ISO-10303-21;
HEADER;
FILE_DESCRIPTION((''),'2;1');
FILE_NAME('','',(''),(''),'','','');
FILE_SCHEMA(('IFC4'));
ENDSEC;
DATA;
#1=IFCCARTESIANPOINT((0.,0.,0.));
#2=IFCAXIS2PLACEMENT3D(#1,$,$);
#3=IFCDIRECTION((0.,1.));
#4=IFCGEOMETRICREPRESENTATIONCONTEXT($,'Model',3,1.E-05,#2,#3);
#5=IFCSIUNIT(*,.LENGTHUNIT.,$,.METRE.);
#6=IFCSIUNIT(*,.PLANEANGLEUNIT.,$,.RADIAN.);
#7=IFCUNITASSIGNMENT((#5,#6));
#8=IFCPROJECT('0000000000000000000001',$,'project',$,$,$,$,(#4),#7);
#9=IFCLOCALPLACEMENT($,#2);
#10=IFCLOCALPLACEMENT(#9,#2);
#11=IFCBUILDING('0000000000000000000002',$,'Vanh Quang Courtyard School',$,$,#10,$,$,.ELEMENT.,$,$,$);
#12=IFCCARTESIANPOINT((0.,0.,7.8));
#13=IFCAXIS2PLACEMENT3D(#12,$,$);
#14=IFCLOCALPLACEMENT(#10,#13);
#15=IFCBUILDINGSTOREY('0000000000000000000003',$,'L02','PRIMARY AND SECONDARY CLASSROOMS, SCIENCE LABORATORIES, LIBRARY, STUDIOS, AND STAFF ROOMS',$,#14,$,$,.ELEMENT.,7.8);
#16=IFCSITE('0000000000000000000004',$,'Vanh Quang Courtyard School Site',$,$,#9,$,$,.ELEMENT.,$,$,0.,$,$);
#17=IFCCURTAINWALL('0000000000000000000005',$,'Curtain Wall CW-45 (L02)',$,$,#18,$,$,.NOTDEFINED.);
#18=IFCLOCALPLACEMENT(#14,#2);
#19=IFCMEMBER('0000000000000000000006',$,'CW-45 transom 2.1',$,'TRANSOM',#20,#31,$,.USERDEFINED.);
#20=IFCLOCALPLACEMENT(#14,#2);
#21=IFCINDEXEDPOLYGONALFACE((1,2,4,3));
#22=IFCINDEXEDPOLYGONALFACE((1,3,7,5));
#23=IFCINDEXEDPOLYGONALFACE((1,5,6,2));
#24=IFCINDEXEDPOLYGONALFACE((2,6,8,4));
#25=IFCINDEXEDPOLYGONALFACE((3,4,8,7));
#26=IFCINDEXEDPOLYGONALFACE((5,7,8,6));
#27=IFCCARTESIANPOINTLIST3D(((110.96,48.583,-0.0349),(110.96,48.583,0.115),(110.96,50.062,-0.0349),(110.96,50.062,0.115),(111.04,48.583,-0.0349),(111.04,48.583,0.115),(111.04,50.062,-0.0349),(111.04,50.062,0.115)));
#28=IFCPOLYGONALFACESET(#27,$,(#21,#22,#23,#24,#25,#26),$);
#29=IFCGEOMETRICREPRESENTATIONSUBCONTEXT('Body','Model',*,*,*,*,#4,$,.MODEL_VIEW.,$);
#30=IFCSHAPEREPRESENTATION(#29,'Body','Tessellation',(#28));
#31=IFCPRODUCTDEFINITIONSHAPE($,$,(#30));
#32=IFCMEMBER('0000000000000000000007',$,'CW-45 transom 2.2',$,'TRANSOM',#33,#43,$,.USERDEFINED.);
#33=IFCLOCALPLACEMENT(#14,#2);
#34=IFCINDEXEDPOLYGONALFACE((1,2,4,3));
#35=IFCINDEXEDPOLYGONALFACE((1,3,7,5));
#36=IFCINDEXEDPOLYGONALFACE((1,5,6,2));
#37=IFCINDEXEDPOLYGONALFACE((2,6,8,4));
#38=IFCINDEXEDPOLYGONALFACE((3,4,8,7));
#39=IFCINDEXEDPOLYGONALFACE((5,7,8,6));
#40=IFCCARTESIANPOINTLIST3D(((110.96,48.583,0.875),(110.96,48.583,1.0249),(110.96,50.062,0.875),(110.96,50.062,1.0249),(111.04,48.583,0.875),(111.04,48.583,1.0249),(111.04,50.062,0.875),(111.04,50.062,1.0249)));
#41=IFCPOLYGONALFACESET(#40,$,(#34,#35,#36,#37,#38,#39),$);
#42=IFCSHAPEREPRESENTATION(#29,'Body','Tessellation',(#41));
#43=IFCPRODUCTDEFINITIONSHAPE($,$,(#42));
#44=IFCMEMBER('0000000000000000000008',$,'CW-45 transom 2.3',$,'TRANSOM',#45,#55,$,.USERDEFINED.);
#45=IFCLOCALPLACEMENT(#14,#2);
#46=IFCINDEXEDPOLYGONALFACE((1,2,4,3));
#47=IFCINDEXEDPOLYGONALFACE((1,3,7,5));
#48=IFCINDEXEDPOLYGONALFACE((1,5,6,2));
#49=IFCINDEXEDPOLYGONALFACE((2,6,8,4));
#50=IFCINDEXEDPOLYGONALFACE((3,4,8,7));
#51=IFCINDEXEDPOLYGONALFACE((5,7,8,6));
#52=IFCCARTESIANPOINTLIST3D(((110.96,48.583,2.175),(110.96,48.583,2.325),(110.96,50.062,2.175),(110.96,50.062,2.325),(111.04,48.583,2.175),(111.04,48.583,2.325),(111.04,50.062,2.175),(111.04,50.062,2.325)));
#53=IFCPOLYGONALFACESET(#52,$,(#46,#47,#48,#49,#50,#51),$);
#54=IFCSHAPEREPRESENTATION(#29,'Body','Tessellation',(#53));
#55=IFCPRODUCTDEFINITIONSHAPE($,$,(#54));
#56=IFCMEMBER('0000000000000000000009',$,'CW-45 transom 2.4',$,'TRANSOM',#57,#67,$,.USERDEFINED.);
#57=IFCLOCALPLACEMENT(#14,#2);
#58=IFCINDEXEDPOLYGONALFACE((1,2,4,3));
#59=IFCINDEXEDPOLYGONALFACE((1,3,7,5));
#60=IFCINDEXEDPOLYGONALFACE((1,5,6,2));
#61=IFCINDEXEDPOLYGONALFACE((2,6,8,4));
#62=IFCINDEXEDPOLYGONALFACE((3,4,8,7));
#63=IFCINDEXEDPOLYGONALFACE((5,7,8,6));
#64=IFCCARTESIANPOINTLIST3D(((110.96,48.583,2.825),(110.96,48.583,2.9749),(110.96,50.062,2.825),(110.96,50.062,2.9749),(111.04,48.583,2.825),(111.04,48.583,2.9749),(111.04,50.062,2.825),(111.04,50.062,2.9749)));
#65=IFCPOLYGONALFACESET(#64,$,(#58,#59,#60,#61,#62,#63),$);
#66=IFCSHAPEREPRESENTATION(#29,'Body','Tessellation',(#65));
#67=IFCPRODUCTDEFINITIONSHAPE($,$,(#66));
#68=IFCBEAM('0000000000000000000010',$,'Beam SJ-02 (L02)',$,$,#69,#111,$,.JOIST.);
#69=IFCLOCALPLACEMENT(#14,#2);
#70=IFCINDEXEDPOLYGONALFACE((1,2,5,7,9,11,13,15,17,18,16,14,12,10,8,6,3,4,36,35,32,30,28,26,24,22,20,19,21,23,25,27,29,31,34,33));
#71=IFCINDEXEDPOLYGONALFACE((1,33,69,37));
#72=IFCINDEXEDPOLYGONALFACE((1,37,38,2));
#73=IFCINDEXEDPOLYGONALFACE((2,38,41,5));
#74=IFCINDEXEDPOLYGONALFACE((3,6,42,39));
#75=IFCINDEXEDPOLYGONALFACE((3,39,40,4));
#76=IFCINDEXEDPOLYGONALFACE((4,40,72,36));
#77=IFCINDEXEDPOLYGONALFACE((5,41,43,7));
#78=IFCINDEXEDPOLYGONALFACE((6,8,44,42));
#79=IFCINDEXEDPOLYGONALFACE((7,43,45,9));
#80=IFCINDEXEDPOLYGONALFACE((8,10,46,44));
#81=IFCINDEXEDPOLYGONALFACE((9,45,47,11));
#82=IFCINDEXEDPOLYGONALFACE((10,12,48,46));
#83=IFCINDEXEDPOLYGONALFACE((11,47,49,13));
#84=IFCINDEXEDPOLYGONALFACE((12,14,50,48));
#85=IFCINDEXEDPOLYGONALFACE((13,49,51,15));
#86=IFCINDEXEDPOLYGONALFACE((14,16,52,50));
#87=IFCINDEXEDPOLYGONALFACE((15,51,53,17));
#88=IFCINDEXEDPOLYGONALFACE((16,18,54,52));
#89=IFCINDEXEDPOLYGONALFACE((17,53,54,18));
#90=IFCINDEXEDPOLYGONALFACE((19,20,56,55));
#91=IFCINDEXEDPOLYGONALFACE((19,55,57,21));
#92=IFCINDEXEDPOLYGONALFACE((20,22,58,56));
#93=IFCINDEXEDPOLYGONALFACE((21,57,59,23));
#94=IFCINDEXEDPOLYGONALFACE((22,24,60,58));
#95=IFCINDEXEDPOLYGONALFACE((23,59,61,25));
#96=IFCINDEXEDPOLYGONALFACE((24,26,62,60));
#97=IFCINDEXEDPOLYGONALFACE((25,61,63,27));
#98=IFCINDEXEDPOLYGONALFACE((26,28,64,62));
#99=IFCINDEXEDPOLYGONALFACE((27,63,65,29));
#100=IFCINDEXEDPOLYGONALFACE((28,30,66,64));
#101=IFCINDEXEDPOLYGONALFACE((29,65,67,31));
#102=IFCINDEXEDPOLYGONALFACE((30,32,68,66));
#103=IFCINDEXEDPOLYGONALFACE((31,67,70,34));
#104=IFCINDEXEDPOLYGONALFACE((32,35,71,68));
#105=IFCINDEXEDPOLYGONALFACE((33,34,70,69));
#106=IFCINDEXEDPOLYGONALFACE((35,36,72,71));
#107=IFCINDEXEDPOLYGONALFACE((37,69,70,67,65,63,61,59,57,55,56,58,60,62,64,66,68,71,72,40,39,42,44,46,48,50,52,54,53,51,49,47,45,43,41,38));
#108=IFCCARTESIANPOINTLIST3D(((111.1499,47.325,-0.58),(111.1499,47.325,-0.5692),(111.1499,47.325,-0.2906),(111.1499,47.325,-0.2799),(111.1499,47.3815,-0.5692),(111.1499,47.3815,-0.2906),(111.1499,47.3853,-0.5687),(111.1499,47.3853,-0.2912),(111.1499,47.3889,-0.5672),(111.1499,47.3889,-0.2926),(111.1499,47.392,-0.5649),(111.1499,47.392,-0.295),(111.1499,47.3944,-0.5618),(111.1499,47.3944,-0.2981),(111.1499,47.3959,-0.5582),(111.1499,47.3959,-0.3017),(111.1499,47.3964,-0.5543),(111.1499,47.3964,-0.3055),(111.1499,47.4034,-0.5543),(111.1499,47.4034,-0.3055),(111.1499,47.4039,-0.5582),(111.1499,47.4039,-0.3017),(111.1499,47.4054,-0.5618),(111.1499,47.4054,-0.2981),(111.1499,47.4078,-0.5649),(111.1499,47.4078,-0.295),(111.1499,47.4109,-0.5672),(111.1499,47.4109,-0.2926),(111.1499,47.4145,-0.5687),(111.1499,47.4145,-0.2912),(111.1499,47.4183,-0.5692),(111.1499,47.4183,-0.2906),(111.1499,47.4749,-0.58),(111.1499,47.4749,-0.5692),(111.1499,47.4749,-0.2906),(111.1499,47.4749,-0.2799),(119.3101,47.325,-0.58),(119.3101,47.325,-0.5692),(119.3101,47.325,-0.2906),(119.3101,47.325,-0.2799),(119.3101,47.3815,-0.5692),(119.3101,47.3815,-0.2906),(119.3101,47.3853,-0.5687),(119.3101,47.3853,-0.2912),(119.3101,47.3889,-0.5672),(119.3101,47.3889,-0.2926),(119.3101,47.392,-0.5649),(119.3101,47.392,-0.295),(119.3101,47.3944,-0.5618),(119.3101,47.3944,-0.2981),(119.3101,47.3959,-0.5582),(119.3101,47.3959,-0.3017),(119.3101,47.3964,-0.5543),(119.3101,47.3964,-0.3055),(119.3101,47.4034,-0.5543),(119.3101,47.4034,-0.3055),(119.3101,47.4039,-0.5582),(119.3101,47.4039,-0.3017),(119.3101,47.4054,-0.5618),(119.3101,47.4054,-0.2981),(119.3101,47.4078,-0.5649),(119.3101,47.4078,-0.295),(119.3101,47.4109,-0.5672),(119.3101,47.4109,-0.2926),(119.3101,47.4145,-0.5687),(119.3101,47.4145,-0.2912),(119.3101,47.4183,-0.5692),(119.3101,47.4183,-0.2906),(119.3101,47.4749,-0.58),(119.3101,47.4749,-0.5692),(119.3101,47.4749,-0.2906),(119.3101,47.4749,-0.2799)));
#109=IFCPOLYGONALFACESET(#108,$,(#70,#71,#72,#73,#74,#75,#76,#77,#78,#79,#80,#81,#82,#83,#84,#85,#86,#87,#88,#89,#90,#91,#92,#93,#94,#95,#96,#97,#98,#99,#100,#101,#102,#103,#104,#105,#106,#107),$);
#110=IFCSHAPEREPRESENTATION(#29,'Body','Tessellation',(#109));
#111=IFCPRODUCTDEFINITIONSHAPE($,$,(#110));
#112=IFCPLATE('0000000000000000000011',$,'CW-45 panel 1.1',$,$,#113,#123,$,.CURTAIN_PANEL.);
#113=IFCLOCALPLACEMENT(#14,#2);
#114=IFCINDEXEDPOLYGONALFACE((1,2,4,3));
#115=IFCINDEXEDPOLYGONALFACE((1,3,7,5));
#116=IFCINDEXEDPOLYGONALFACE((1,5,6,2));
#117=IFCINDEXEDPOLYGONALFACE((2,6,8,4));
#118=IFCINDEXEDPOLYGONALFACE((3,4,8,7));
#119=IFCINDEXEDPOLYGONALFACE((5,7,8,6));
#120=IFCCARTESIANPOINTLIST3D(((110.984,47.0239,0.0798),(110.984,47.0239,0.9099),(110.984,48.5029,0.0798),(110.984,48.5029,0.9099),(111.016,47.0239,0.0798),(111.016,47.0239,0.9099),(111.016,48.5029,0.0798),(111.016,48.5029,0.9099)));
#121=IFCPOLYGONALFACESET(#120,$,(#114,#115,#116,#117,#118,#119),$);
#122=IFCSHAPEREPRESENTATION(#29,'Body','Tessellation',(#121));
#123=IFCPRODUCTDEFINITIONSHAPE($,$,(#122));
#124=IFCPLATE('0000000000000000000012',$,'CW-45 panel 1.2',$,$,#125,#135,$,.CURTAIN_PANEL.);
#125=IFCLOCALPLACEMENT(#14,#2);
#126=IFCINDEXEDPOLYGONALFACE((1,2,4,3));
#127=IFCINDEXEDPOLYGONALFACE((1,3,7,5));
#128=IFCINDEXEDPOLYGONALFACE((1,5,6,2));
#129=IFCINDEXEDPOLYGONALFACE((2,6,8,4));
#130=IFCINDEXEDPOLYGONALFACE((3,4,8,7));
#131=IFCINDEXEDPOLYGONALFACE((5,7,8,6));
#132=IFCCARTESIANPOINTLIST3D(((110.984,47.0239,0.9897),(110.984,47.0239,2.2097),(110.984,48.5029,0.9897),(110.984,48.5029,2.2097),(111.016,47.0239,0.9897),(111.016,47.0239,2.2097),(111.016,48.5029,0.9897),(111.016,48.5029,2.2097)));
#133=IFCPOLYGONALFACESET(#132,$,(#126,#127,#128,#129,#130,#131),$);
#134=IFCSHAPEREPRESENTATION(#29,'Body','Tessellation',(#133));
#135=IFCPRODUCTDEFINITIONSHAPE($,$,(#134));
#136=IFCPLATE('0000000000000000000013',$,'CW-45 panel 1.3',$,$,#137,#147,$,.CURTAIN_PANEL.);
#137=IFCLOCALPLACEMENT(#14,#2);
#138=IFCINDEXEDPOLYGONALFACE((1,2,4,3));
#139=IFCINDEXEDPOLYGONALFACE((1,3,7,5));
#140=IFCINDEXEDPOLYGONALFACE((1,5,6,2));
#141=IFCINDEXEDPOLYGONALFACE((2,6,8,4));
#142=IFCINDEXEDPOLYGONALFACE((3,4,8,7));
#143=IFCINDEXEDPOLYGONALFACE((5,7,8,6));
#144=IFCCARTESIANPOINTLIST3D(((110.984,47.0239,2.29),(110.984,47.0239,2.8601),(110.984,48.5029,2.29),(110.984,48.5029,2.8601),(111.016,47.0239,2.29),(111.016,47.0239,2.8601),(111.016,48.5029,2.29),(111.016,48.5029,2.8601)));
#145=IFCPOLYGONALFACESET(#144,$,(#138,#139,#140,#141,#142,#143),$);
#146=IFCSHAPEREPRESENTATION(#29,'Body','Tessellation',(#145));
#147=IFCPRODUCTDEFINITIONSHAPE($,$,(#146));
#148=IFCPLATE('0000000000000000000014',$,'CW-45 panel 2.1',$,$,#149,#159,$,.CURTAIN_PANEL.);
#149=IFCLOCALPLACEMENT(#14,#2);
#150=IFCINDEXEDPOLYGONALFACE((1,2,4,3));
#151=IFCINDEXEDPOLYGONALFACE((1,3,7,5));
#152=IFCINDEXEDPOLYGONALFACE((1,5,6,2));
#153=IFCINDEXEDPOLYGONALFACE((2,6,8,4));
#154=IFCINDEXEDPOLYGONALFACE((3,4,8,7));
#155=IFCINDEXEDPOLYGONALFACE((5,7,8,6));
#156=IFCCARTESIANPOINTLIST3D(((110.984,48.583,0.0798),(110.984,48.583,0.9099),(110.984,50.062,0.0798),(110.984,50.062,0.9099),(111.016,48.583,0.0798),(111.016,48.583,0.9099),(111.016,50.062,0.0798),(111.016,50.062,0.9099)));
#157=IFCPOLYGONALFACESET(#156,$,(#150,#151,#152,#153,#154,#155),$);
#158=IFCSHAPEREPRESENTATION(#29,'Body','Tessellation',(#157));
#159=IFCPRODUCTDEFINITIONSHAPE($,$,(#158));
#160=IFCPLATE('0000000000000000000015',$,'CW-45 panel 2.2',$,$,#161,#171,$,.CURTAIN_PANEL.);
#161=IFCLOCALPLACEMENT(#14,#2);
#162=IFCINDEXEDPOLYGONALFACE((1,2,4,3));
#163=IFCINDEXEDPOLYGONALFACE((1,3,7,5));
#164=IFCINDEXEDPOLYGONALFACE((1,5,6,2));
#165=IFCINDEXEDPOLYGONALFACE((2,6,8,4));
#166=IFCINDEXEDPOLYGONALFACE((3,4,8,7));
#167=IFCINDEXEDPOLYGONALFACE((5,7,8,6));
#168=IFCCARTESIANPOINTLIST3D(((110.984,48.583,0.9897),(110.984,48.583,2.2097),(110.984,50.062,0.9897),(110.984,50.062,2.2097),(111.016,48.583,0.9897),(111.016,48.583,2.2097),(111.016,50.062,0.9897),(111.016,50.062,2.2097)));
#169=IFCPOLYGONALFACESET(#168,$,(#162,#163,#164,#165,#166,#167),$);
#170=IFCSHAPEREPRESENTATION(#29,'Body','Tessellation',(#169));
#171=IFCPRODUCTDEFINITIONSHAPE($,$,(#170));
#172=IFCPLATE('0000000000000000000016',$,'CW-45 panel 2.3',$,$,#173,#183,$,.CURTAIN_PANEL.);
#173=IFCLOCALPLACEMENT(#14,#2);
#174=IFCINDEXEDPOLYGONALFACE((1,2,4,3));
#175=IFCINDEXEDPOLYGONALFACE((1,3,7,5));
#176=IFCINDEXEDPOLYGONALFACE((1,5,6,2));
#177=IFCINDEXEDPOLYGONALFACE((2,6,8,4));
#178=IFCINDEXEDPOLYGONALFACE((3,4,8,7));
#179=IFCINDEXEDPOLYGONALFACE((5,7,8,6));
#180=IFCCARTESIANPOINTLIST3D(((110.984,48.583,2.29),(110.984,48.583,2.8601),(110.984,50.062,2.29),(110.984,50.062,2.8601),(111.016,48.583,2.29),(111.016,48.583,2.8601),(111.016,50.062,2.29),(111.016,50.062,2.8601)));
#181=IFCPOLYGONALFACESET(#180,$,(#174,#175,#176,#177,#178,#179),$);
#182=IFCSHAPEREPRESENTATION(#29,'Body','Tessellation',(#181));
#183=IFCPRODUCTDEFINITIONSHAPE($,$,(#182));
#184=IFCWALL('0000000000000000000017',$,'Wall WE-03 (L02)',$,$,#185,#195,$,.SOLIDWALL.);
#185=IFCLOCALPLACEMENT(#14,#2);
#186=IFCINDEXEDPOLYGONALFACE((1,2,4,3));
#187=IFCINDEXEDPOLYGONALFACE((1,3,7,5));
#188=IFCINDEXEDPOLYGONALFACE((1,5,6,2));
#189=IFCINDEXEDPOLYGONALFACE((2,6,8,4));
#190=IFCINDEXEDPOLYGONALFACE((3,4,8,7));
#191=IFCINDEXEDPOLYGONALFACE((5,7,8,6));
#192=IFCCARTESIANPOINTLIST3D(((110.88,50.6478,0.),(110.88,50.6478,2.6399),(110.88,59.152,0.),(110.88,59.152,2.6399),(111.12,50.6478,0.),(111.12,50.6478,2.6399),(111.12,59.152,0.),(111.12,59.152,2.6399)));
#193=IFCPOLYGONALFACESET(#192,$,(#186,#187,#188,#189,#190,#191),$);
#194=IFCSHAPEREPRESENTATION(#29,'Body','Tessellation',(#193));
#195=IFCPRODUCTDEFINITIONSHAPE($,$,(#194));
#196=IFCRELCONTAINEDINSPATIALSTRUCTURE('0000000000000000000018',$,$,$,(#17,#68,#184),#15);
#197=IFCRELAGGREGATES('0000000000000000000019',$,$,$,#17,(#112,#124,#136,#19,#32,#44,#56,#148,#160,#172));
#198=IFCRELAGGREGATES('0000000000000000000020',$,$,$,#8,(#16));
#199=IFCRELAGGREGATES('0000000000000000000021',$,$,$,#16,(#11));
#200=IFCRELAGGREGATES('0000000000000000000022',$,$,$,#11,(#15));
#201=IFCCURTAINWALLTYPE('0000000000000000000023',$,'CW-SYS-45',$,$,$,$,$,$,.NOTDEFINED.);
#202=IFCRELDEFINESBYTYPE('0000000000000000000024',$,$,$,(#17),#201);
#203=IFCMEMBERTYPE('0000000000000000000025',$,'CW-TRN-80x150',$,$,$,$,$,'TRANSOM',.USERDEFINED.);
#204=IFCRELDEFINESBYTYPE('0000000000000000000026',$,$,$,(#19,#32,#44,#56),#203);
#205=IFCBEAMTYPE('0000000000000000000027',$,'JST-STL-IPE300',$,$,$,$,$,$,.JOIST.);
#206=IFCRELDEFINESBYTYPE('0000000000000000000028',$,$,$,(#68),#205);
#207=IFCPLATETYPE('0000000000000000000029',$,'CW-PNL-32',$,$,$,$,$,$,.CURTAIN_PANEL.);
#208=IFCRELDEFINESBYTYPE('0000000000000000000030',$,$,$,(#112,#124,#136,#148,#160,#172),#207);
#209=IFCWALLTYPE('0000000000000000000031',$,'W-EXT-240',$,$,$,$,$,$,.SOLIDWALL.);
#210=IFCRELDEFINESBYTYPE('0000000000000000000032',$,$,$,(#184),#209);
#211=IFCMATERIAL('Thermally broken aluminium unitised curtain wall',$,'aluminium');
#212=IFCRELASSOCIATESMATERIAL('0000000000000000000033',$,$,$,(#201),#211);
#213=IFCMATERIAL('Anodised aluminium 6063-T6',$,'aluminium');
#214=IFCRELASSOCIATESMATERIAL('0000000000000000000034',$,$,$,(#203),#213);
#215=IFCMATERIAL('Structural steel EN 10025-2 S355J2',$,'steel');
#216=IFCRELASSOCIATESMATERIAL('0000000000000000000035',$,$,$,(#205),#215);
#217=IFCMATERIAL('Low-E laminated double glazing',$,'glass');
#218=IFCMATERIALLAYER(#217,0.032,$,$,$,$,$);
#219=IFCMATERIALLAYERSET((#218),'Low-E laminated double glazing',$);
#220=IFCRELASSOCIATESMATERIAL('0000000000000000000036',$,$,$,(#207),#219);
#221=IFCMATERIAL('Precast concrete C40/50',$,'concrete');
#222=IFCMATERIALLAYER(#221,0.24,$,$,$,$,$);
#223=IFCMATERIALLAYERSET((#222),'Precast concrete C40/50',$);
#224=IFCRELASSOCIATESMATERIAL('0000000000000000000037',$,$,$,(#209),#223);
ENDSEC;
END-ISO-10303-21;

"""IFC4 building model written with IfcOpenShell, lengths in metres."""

from ifc_helpers import new_model, si_unit, direction, frame, frame_2d, origin, origin_2d, place, context, subcontext, project, spatial, rectangle, i_section, extrude, material, layer, layer_set, material_profile, profile_set, type_object, element, aggregate, save


model = new_model("IFC4")

# Units and contexts
model_context = context("Model", 3, precision=1e-05, world=origin(), true_north=direction((0.0, 1.0)))
body_context = subcontext(model_context, "Body", "Model", "MODEL_VIEW")
ifc_project = project(units=[si_unit("LENGTHUNIT", "METRE"), si_unit("PLANEANGLEUNIT", "RADIAN")], contexts=[model_context])

# Site, building, storey
site_placement = place(None, origin())
site = spatial("IfcSite", under=ifc_project, at=site_placement, Name="Vanh Quang Courtyard School Site", CompositionType="ELEMENT", RefElevation=0.0)
building_placement = place(site_placement, origin())
building = spatial("IfcBuilding", under=site, at=building_placement, Name="Vanh Quang Courtyard School", CompositionType="ELEMENT")
storey_placement = place(building_placement, frame((0.0, 0.0, 7.8)))
storey = spatial("IfcBuildingStorey", under=building, at=storey_placement, Name="L02", Description="PRIMARY AND SECONDARY CLASSROOMS, SCIENCE LABORATORIES, LIBRARY, STUDIOS, AND STAFF ROOMS", CompositionType="ELEMENT", Elevation=7.8)

# Shared definitions
ifc_material_1 = material(Name="Structural steel EN 10025-2 S355J2", Category="steel")

# Curtain wall, members
ifc_material_2 = material(Name="Thermally broken aluminium unitised curtain wall", Category="aluminium")
curtain_wall_type = type_object("IfcCurtainWallType", Name="CW-SYS-45", PredefinedType="NOTDEFINED", material=ifc_material_2)
curtain_wall_placement = place(storey_placement, origin())
curtain_wall = element("IfcCurtainWall", 1, at=curtain_wall_placement, inside=storey, type_object=curtain_wall_type, Name="Curtain Wall CW-45 (L02)", PredefinedType="NOTDEFINED")
ifc_material_3 = material(Name="Anodised aluminium 6063-T6", Category="aluminium")
ifc_material_profile_1 = material_profile(ifc_material_3, rectangle(XDim=0.0801, YDim=0.1499, at=origin_2d()), Name="ALU-TRN 80x150")
ifc_profile_set_1 = profile_set([ifc_material_profile_1], Name="Anodised aluminium 6063-T6")
member_type_1 = type_object("IfcMemberType", Name="CW-TRN-80x150", ElementType="TRANSOM", PredefinedType="USERDEFINED", material=ifc_profile_set_1)
member_1_placement = place(storey_placement, frame((111.0, 48.583, 0.04), z_axis=(0.0, 1.0, 0.0), x_axis=(-1.0, 0.0, 0.0)))
member_1 = element("IfcMember", 2, at=member_1_placement, type_object=member_type_1, Name="CW-45 transom 2.1", ObjectType="TRANSOM", PredefinedType="USERDEFINED", context=body_context, shape_type="SweptSolid", body=[
    extrude(rectangle(XDim=0.0801, YDim=0.1499, at=origin_2d()), origin(), (0.0, 0.0, 1.0), 1.479),
])
member_2_placement = place(storey_placement, frame((111.0, 48.583, 0.95), z_axis=(0.0, 1.0, 0.0), x_axis=(-1.0, 0.0, 0.0)))
member_2 = element("IfcMember", 3, at=member_2_placement, type_object=member_type_1, Name="CW-45 transom 2.2", ObjectType="TRANSOM", PredefinedType="USERDEFINED", context=body_context, shape_type="SweptSolid", body=[
    extrude(rectangle(XDim=0.0801, YDim=0.1499, at=origin_2d()), origin(), (0.0, 0.0, 1.0), 1.479),
])
member_3_placement = place(storey_placement, frame((111.0, 48.583, 2.25), z_axis=(0.0, 1.0, 0.0), x_axis=(-1.0, 0.0, 0.0)))
member_3 = element("IfcMember", 4, at=member_3_placement, type_object=member_type_1, Name="CW-45 transom 2.3", ObjectType="TRANSOM", PredefinedType="USERDEFINED", context=body_context, shape_type="SweptSolid", body=[
    extrude(rectangle(XDim=0.0801, YDim=0.1499, at=origin_2d()), origin(), (0.0, 0.0, 1.0), 1.479),
])
member_4_placement = place(storey_placement, frame((111.0, 48.583, 2.8999), z_axis=(0.0, 1.0, 0.0), x_axis=(-1.0, 0.0, 0.0)))
member_4 = element("IfcMember", 5, at=member_4_placement, type_object=member_type_1, Name="CW-45 transom 2.4", ObjectType="TRANSOM", PredefinedType="USERDEFINED", context=body_context, shape_type="SweptSolid", body=[
    extrude(rectangle(XDim=0.0801, YDim=0.1499, at=origin_2d()), origin(), (0.0, 0.0, 1.0), 1.479),
])

# Beam
ifc_material_profile_2 = material_profile(ifc_material_1, i_section(OverallWidth=0.1499, OverallDepth=0.3, WebThickness=0.0071, FlangeThickness=0.0107, FilletRadius=0.0149, at=origin_2d()), Name="IPE 300")
ifc_profile_set_2 = profile_set([ifc_material_profile_2], Name="Structural steel EN 10025-2 S355J2")
beam_type_1 = type_object("IfcBeamType", Name="JST-STL-IPE300", PredefinedType="JOIST", material=ifc_profile_set_2)
beam_1_placement = place(storey_placement, frame((111.1499, 47.3999, -0.4299), z_axis=(1.0, 0.0, 0.0), x_axis=(0.0, 1.0, 0.0)))
element("IfcBeam", 6, at=beam_1_placement, inside=storey, type_object=beam_type_1, Name="Beam SJ-02 (L02)", PredefinedType="JOIST", context=body_context, shape_type="SweptSolid", body=[
    extrude(i_section(OverallWidth=0.1499, OverallDepth=0.3, WebThickness=0.0071, FlangeThickness=0.0107, FilletRadius=0.0149, at=origin_2d()), origin(), (0.0, 0.0, 1.0), 8.1602),
])

# Plates
ifc_material_4 = material(Name="Low-E laminated double glazing", Category="glass")
ifc_layer_1 = layer(ifc_material_4, 0.032)
ifc_layer_set_1 = layer_set([ifc_layer_1], Name="Low-E laminated double glazing")
plate_type = type_object("IfcPlateType", Name="CW-PNL-32", PredefinedType="CURTAIN_PANEL", material=ifc_layer_set_1)
plate_1_placement = place(storey_placement, frame((111.0, 47.7634, 0.0798), z_axis=(0.0, 0.0, 1.0), x_axis=(0.0, 1.0, 0.0)))
plate_1 = element("IfcPlate", 7, at=plate_1_placement, type_object=plate_type, Name="CW-45 panel 1.1", PredefinedType="CURTAIN_PANEL", context=body_context, shape_type="SweptSolid", body=[
    extrude(rectangle(XDim=1.479, YDim=0.032, at=origin_2d()), origin(), (0.0, 0.0, 1.0), 0.8301),
])
plate_2_placement = place(storey_placement, frame((111.0, 47.7634, 0.9897), z_axis=(0.0, 0.0, 1.0), x_axis=(0.0, 1.0, 0.0)))
plate_2 = element("IfcPlate", 8, at=plate_2_placement, type_object=plate_type, Name="CW-45 panel 1.2", PredefinedType="CURTAIN_PANEL", context=body_context, shape_type="SweptSolid", body=[
    extrude(rectangle(XDim=1.479, YDim=0.032, at=origin_2d()), origin(), (0.0, 0.0, 1.0), 1.22),
])
plate_3_placement = place(storey_placement, frame((111.0, 47.7634, 2.29), z_axis=(0.0, 0.0, 1.0), x_axis=(0.0, 1.0, 0.0)))
plate_3 = element("IfcPlate", 9, at=plate_3_placement, type_object=plate_type, Name="CW-45 panel 1.3", PredefinedType="CURTAIN_PANEL", context=body_context, shape_type="SweptSolid", body=[
    extrude(rectangle(XDim=1.479, YDim=0.032, at=origin_2d()), origin(), (0.0, 0.0, 1.0), 0.5701),
])
plate_4_placement = place(storey_placement, frame((111.0, 49.3225, 0.0798), z_axis=(0.0, 0.0, 1.0), x_axis=(0.0, 1.0, 0.0)))
plate_4 = element("IfcPlate", 10, at=plate_4_placement, type_object=plate_type, Name="CW-45 panel 2.1", PredefinedType="CURTAIN_PANEL", context=body_context, shape_type="SweptSolid", body=[
    extrude(rectangle(XDim=1.479, YDim=0.032, at=origin_2d()), origin(), (0.0, 0.0, 1.0), 0.8301),
])
plate_5_placement = place(storey_placement, frame((111.0, 49.3225, 0.9897), z_axis=(0.0, 0.0, 1.0), x_axis=(0.0, 1.0, 0.0)))
plate_5 = element("IfcPlate", 11, at=plate_5_placement, type_object=plate_type, Name="CW-45 panel 2.2", PredefinedType="CURTAIN_PANEL", context=body_context, shape_type="SweptSolid", body=[
    extrude(rectangle(XDim=1.479, YDim=0.032, at=origin_2d()), origin(), (0.0, 0.0, 1.0), 1.22),
])
plate_6_placement = place(storey_placement, frame((111.0, 49.3225, 2.29), z_axis=(0.0, 0.0, 1.0), x_axis=(0.0, 1.0, 0.0)))
plate_6 = element("IfcPlate", 12, at=plate_6_placement, type_object=plate_type, Name="CW-45 panel 2.3", PredefinedType="CURTAIN_PANEL", context=body_context, shape_type="SweptSolid", body=[
    extrude(rectangle(XDim=1.479, YDim=0.032, at=origin_2d()), origin(), (0.0, 0.0, 1.0), 0.5701),
])
aggregate(curtain_wall, [plate_1, plate_2, plate_3, member_1, member_2, member_3, member_4, plate_4, plate_5, plate_6])

# Wall
ifc_material_5 = material(Name="Precast concrete C40/50", Category="concrete")
ifc_layer_2 = layer(ifc_material_5, 0.24)
ifc_layer_set_2 = layer_set([ifc_layer_2], Name="Precast concrete C40/50")
wall_type_1 = type_object("IfcWallType", Name="W-EXT-240", PredefinedType="SOLIDWALL", material=ifc_layer_set_2)
wall_1_placement = place(storey_placement, frame((111.0, 50.6479, 0.0), z_axis=(0.0, 0.0, 1.0), x_axis=(0.0, 1.0, 0.0)))
element("IfcWall", 13, at=wall_1_placement, inside=storey, type_object=wall_type_1, Name="Wall WE-03 (L02)", PredefinedType="SOLIDWALL", context=body_context, shape_type="SweptSolid", body=[
    extrude(rectangle(XDim=8.5042, YDim=0.24, at=frame_2d((4.252, 0.0))), origin(), (0.0, 0.0, 1.0), 2.6399),
])

save(model, "model.ifc")
